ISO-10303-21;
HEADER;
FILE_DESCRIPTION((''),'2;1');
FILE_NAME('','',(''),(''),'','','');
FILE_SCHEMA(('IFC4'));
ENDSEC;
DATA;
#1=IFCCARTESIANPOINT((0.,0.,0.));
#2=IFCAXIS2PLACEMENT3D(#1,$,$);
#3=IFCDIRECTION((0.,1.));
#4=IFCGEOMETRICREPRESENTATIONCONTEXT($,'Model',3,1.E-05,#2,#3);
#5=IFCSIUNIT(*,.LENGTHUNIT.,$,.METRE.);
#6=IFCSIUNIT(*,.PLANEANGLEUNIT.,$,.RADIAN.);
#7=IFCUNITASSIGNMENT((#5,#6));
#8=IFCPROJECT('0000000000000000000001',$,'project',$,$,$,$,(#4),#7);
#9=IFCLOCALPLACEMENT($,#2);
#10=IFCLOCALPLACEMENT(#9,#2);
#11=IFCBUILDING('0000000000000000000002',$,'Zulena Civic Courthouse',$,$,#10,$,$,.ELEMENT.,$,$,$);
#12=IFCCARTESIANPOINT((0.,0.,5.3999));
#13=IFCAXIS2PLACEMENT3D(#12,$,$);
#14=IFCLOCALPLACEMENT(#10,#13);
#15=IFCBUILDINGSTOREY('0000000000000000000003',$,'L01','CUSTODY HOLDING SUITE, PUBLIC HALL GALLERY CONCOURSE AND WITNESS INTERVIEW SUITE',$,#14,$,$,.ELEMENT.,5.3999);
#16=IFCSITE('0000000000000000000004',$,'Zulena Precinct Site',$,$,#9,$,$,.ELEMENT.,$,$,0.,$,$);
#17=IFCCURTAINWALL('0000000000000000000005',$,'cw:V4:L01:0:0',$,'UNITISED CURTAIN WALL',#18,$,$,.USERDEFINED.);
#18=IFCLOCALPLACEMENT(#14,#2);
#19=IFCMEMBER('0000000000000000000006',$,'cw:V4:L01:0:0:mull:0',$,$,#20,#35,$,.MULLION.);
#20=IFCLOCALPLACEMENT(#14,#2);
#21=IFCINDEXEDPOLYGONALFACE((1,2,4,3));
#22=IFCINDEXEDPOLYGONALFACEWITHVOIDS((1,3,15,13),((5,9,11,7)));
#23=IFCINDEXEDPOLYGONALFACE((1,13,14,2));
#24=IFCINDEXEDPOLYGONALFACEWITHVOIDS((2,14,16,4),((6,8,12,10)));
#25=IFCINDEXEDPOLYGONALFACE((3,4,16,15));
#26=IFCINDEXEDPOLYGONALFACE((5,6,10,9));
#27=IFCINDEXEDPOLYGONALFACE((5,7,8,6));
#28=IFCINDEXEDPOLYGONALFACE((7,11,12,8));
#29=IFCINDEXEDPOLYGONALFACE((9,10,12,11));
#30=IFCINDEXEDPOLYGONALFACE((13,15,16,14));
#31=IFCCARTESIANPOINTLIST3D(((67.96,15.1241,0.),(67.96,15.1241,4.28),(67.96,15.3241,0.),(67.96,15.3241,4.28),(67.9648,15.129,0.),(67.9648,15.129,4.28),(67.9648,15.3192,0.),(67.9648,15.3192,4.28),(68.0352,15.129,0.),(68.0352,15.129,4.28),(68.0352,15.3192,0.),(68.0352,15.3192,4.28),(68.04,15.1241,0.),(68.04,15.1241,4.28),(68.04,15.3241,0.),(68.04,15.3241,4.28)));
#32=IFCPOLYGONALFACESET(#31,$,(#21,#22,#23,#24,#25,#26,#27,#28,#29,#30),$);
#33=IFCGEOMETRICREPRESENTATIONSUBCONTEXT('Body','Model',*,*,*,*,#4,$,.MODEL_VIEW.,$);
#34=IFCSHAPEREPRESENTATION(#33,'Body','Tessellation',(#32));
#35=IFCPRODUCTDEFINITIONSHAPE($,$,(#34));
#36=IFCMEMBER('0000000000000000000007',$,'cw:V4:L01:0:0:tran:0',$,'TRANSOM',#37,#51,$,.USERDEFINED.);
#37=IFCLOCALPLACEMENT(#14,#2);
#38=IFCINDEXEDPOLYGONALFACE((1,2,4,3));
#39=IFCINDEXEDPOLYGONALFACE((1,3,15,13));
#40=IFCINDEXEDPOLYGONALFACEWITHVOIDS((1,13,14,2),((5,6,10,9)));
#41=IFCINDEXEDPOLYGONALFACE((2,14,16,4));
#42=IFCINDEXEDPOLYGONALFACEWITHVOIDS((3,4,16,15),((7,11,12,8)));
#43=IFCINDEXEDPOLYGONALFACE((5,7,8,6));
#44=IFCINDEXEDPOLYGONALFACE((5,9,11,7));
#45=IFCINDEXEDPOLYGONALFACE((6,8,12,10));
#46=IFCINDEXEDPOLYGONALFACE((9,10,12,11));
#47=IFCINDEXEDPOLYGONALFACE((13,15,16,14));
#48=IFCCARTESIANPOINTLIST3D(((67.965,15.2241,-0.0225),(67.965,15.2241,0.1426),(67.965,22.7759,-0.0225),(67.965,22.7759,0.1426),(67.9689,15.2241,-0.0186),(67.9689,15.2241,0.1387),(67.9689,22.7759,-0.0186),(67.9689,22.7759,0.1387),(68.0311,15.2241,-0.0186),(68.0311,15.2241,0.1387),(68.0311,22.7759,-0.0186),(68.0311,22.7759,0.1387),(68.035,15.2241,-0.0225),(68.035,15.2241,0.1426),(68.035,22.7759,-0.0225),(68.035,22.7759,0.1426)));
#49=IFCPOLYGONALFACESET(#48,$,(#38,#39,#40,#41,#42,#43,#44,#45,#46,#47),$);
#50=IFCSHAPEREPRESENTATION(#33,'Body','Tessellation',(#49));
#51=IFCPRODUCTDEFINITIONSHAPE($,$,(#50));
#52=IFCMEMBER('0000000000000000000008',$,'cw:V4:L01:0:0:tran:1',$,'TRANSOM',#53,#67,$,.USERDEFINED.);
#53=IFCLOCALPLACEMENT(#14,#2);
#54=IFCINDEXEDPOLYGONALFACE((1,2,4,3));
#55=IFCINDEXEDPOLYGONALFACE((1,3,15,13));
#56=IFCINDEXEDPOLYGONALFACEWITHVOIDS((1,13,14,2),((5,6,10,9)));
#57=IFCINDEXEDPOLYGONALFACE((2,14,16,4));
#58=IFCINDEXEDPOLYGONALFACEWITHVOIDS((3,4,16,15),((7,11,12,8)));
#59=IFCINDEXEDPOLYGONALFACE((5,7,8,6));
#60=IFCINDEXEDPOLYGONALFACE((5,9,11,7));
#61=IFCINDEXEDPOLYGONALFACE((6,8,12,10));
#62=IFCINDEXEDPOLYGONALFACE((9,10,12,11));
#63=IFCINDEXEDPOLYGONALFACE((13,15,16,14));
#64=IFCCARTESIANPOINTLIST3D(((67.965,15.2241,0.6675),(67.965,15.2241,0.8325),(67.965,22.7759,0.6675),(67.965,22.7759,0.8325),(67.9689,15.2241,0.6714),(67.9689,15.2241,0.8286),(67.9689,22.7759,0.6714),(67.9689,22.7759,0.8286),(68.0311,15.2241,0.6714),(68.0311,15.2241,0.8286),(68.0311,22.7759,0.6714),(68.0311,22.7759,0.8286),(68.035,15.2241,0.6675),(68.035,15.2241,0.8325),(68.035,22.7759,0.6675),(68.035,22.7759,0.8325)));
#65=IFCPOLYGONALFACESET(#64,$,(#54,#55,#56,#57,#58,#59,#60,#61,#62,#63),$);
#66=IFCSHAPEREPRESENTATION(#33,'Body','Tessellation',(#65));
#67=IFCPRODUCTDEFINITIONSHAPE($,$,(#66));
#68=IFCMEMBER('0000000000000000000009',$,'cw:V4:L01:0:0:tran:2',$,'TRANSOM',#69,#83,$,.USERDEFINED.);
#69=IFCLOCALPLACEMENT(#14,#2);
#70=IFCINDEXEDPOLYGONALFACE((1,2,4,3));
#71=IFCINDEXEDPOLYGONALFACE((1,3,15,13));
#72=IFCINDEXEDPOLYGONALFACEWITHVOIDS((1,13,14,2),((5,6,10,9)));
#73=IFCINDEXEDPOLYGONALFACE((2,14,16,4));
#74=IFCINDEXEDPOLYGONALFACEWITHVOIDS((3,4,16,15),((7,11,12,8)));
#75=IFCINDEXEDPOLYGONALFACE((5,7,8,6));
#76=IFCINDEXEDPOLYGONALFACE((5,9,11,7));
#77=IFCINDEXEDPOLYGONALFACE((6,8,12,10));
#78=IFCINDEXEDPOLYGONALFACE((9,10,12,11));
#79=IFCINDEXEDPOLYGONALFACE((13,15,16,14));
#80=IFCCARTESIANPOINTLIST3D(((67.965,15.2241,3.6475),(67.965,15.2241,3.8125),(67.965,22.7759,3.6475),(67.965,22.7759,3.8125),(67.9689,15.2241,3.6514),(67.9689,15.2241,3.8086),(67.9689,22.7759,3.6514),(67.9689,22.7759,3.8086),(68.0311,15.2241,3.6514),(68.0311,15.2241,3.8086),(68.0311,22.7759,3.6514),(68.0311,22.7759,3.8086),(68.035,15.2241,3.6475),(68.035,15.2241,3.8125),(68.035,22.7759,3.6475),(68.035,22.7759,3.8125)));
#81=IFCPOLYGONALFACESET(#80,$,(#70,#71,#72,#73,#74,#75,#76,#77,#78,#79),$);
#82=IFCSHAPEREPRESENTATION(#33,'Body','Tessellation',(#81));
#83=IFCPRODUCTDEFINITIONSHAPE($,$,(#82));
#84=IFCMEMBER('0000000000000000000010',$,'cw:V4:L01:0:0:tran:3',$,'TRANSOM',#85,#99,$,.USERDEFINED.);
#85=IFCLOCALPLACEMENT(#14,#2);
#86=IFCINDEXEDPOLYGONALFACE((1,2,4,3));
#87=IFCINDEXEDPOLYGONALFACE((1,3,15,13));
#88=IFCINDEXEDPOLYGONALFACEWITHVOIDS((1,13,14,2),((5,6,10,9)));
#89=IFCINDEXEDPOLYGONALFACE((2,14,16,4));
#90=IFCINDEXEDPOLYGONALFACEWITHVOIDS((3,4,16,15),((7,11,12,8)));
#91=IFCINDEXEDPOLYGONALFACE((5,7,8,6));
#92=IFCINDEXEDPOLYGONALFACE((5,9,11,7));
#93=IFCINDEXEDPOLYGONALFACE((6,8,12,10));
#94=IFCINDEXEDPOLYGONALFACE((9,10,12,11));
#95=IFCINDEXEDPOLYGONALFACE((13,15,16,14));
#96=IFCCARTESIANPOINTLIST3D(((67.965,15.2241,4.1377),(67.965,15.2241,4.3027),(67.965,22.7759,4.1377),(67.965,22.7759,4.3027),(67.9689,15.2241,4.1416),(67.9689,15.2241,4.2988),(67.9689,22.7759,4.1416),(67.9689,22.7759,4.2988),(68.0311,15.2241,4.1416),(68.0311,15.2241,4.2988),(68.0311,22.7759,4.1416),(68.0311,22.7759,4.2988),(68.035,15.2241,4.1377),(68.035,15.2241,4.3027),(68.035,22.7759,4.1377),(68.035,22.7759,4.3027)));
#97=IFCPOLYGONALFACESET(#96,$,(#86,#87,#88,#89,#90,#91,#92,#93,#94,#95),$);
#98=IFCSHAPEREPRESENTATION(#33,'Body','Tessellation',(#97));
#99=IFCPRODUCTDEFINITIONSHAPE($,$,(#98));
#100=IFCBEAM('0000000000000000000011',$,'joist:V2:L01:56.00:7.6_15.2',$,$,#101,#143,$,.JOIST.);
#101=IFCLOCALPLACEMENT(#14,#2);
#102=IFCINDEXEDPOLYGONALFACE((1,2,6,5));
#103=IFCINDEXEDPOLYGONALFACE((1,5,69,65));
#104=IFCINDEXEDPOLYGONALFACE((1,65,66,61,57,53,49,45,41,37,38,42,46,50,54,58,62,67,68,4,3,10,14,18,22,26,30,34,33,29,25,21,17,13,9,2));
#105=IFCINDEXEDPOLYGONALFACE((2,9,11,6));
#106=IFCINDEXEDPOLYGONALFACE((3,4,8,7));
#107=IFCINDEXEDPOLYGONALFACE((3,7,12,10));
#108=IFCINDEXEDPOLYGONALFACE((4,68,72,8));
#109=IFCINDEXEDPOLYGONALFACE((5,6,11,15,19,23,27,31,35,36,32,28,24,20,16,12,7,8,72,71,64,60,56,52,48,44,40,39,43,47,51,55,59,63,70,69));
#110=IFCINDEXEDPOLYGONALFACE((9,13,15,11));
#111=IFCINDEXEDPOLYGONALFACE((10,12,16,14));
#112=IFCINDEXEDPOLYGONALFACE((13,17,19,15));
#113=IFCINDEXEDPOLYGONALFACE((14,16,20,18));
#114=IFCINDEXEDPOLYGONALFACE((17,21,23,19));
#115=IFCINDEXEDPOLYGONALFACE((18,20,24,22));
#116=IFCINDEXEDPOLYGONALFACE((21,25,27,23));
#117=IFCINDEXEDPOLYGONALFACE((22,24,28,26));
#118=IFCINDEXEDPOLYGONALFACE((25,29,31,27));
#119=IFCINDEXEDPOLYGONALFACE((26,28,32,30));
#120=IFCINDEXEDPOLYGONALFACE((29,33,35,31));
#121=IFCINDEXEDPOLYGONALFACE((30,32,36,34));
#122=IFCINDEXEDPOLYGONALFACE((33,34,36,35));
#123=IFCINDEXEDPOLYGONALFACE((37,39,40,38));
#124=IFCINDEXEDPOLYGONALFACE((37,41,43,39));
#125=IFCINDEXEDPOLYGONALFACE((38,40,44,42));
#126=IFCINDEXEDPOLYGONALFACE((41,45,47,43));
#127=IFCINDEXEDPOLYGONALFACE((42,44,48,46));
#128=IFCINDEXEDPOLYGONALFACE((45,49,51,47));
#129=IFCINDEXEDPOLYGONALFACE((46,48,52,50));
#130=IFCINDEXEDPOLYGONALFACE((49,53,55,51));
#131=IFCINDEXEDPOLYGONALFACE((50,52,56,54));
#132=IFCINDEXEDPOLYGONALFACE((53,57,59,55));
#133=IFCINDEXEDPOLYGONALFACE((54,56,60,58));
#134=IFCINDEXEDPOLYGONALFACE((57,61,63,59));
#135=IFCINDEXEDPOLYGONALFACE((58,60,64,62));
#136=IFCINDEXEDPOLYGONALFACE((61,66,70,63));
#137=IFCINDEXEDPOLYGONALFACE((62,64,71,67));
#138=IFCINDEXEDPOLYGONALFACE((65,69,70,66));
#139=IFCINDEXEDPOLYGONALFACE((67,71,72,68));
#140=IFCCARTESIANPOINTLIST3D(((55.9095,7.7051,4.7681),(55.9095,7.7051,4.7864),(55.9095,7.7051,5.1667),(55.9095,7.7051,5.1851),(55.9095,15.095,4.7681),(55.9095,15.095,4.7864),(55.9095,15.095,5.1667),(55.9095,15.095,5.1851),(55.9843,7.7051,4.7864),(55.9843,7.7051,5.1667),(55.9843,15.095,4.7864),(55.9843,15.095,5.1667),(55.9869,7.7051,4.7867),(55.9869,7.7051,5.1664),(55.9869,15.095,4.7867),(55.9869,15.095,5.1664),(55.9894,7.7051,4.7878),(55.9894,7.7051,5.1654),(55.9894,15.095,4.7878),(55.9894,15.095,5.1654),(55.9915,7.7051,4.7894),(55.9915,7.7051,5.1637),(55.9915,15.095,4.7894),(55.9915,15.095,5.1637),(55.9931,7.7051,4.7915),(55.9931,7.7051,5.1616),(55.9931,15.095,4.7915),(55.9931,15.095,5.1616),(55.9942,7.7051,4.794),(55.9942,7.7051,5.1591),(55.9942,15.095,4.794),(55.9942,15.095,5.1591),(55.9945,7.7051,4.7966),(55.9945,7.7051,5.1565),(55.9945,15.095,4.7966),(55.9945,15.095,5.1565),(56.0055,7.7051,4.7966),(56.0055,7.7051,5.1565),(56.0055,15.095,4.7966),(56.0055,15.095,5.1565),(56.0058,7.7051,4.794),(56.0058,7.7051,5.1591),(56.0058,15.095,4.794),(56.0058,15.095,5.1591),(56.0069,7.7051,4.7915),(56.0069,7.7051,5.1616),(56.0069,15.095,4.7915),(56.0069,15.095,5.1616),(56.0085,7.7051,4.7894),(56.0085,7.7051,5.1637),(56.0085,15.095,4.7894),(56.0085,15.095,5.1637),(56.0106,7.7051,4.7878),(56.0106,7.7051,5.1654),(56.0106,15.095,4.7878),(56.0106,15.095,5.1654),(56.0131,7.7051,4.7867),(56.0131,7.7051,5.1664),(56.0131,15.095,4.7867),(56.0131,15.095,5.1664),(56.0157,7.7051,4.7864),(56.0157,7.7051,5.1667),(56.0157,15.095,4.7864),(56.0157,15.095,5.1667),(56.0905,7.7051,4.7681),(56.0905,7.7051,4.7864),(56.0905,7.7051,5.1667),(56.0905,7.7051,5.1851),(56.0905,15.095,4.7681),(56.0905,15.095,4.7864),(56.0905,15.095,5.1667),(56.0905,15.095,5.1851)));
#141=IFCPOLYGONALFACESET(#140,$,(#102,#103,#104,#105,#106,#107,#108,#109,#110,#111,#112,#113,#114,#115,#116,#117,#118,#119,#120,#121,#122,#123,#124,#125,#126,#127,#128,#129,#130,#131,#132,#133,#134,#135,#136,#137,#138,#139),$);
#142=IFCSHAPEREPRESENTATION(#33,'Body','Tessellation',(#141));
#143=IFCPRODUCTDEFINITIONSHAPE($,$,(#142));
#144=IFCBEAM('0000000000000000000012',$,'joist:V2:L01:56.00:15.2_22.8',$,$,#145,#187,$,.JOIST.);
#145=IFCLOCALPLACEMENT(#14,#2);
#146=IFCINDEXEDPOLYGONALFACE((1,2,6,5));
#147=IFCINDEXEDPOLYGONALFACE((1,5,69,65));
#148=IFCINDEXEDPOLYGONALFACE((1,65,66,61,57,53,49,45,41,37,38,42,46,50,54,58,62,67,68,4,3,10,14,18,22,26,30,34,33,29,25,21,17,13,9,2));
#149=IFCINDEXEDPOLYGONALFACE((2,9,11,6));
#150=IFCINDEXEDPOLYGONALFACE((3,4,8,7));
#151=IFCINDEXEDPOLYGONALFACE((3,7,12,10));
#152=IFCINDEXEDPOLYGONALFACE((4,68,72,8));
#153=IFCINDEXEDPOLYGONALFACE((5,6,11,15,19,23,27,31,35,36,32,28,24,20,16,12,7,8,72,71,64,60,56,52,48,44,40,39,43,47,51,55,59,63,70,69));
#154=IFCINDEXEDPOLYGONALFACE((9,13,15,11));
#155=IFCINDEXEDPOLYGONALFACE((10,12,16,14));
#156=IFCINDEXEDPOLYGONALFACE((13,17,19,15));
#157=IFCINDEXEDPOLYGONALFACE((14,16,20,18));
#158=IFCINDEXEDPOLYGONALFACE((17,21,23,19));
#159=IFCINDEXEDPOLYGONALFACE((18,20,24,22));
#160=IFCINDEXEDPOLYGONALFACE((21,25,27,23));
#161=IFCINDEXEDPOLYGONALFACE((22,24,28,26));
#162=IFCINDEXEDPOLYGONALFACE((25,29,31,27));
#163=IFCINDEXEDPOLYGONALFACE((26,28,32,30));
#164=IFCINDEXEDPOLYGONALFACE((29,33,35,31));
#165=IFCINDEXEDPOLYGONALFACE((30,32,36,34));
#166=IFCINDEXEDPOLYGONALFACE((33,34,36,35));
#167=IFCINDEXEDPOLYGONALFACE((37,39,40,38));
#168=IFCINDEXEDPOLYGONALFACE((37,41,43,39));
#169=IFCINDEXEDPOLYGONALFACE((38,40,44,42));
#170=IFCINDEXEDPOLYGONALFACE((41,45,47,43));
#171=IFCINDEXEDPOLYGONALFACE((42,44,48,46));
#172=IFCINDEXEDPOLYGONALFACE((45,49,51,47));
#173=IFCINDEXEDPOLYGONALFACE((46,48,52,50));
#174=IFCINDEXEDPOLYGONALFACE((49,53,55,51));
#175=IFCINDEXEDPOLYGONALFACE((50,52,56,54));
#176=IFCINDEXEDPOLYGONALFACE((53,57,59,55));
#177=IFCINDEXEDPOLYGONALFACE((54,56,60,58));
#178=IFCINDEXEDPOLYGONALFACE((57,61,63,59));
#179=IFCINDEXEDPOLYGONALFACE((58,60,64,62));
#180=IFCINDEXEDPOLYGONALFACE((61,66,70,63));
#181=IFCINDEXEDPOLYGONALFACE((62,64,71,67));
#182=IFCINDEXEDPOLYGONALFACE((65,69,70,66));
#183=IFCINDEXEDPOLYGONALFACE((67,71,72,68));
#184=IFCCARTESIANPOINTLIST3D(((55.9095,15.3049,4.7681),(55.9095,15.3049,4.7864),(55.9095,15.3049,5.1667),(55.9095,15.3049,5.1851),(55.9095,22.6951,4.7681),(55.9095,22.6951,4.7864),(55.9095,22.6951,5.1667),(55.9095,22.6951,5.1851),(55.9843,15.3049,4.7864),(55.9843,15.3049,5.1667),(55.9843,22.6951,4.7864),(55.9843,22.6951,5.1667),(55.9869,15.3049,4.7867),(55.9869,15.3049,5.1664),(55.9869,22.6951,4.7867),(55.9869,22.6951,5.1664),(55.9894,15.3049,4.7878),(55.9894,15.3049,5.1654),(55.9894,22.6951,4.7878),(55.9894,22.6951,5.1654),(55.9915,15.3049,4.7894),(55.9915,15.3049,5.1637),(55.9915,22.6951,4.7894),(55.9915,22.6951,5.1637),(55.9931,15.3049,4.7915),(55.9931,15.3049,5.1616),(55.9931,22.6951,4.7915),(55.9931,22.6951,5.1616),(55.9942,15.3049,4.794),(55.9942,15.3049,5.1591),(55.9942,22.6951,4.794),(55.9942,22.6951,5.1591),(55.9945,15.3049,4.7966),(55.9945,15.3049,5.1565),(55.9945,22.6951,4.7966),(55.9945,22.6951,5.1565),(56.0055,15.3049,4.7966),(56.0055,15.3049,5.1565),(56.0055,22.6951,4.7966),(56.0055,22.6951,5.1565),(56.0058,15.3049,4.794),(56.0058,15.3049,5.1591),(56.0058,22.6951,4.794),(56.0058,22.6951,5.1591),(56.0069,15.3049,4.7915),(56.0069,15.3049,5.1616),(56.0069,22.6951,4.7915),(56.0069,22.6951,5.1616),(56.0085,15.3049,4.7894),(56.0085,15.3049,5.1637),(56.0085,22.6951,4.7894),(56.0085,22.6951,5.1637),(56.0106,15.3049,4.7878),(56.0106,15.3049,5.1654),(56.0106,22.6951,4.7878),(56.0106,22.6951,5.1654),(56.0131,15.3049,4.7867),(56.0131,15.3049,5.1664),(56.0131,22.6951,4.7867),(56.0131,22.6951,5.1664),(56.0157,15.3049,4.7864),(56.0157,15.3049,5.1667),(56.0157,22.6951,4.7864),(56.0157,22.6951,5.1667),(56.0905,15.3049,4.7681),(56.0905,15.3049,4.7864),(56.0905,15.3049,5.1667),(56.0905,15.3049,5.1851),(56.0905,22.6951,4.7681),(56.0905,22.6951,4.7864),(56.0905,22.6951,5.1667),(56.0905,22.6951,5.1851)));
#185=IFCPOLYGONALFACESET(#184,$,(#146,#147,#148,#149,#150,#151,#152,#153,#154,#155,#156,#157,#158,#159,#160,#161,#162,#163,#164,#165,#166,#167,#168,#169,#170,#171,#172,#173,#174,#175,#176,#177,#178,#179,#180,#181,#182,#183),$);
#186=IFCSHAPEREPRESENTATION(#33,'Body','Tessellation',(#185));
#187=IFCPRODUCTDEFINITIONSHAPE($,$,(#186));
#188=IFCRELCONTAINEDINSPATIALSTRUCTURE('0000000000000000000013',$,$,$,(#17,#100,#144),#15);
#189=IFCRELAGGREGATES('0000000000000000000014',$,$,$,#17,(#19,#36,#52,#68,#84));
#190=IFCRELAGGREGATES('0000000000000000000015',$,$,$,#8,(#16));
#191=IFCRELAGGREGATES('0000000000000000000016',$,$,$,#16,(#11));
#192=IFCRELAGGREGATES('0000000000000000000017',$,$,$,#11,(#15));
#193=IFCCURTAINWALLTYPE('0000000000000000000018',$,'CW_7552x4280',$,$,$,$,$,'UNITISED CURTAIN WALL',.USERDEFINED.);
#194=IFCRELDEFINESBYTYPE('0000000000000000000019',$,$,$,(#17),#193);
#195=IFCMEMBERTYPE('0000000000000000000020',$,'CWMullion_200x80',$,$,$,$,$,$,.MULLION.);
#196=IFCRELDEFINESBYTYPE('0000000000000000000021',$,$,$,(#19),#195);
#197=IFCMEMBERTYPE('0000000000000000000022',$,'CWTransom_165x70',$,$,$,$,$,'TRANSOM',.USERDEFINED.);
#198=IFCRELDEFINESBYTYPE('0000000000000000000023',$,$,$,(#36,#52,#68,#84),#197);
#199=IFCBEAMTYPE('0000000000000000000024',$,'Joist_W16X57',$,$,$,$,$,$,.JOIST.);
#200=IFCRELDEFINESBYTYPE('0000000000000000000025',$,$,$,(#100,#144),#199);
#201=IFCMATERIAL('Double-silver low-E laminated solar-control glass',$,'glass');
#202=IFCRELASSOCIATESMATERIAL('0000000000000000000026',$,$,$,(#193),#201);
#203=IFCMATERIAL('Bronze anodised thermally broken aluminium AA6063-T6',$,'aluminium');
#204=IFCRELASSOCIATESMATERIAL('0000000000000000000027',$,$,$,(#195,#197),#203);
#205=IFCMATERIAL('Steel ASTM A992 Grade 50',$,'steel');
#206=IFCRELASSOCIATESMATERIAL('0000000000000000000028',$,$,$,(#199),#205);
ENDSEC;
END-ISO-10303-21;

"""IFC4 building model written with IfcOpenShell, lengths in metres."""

from ifc_helpers import new_model, si_unit, direction, frame, origin, origin_2d, place, context, subcontext, project, spatial, hollow_rectangle, i_section, extrude, material, material_profile, profile_set, type_object, element, aggregate, save


model = new_model("IFC4")

# Units and contexts
model_context = context("Model", 3, precision=1e-05, world=origin(), true_north=direction((0.0, 1.0)))
body_context = subcontext(model_context, "Body", "Model", "MODEL_VIEW")
ifc_project = project(units=[si_unit("LENGTHUNIT", "METRE"), si_unit("PLANEANGLEUNIT", "RADIAN")], contexts=[model_context])

# Site, building, storey
site_placement = place(None, origin())
site = spatial("IfcSite", under=ifc_project, at=site_placement, Name="Zulena Precinct Site", CompositionType="ELEMENT", RefElevation=0.0)
building_placement = place(site_placement, origin())
building = spatial("IfcBuilding", under=site, at=building_placement, Name="Zulena Civic Courthouse", CompositionType="ELEMENT")
storey_placement = place(building_placement, frame((0.0, 0.0, 5.3999)))
storey = spatial("IfcBuildingStorey", under=building, at=storey_placement, Name="L01", Description="CUSTODY HOLDING SUITE, PUBLIC HALL GALLERY CONCOURSE AND WITNESS INTERVIEW SUITE", CompositionType="ELEMENT", Elevation=5.3999)

# Shared definitions
ifc_material_1 = material(Name="Steel ASTM A992 Grade 50", Category="steel")

# Curtain wall, members
ifc_material_2 = material(Name="Double-silver low-E laminated solar-control glass", Category="glass")
curtain_wall_type = type_object("IfcCurtainWallType", Name="CW_7552x4280", ElementType="UNITISED CURTAIN WALL", PredefinedType="USERDEFINED", material=ifc_material_2)
curtain_wall_placement = place(storey_placement, origin())
curtain_wall = element("IfcCurtainWall", 1, at=curtain_wall_placement, inside=storey, type_object=curtain_wall_type, Name="cw:V4:L01:0:0", ObjectType="UNITISED CURTAIN WALL", PredefinedType="USERDEFINED")
ifc_material_3 = material(Name="Bronze anodised thermally broken aluminium AA6063-T6", Category="aluminium")
ifc_material_profile_1 = material_profile(ifc_material_3, hollow_rectangle(XDim=0.0801, YDim=0.2, WallThickness=0.0049, at=origin_2d()), Name="CWM200X80X5")
ifc_profile_set_1 = profile_set([ifc_material_profile_1], Name="Bronze anodised thermally broken aluminium AA6063-T6")
member_type_1 = type_object("IfcMemberType", Name="CWMullion_200x80", PredefinedType="MULLION", material=ifc_profile_set_1)
member_1_placement = place(storey_placement, frame((68.0, 15.2241, 0.0), z_axis=(0.0, 0.0, 1.0), x_axis=(1.0, 0.0, 0.0)))
member_1 = element("IfcMember", 2, at=member_1_placement, type_object=member_type_1, Name="cw:V4:L01:0:0:mull:0", PredefinedType="MULLION", context=body_context, shape_type="SweptSolid", body=[
    extrude(hollow_rectangle(XDim=0.0801, YDim=0.2, WallThickness=0.0049, at=origin_2d()), origin(), (0.0, 0.0, 1.0), 4.28),
])
ifc_material_profile_2 = material_profile(ifc_material_3, hollow_rectangle(XDim=0.0701, YDim=0.165, WallThickness=0.0039, at=origin_2d()), Name="CWT165X70X4")
ifc_profile_set_2 = profile_set([ifc_material_profile_2], Name="Bronze anodised thermally broken aluminium AA6063-T6")
member_type_2 = type_object("IfcMemberType", Name="CWTransom_165x70", ElementType="TRANSOM", PredefinedType="USERDEFINED", material=ifc_profile_set_2)
member_2_placement = place(storey_placement, frame((68.0, 15.2241, 0.0601), z_axis=(0.0, 1.0, 0.0), x_axis=(-1.0, 0.0, 0.0)))
member_2 = element("IfcMember", 3, at=member_2_placement, type_object=member_type_2, Name="cw:V4:L01:0:0:tran:0", ObjectType="TRANSOM", PredefinedType="USERDEFINED", context=body_context, shape_type="SweptSolid", body=[
    extrude(hollow_rectangle(XDim=0.0701, YDim=0.165, WallThickness=0.0039, at=origin_2d()), origin(), (0.0, 0.0, 1.0), 7.5518),
])
member_3_placement = place(storey_placement, frame((68.0, 15.2241, 0.75), z_axis=(0.0, 1.0, 0.0), x_axis=(-1.0, 0.0, 0.0)))
member_3 = element("IfcMember", 4, at=member_3_placement, type_object=member_type_2, Name="cw:V4:L01:0:0:tran:1", ObjectType="TRANSOM", PredefinedType="USERDEFINED", context=body_context, shape_type="SweptSolid", body=[
    extrude(hollow_rectangle(XDim=0.0701, YDim=0.165, WallThickness=0.0039, at=origin_2d()), origin(), (0.0, 0.0, 1.0), 7.5518),
])
member_4_placement = place(storey_placement, frame((68.0, 15.2241, 3.73), z_axis=(0.0, 1.0, 0.0), x_axis=(-1.0, 0.0, 0.0)))
member_4 = element("IfcMember", 5, at=member_4_placement, type_object=member_type_2, Name="cw:V4:L01:0:0:tran:2", ObjectType="TRANSOM", PredefinedType="USERDEFINED", context=body_context, shape_type="SweptSolid", body=[
    extrude(hollow_rectangle(XDim=0.0701, YDim=0.165, WallThickness=0.0039, at=origin_2d()), origin(), (0.0, 0.0, 1.0), 7.5518),
])
member_5_placement = place(storey_placement, frame((68.0, 15.2241, 4.2202), z_axis=(0.0, 1.0, 0.0), x_axis=(-1.0, 0.0, 0.0)))
member_5 = element("IfcMember", 6, at=member_5_placement, type_object=member_type_2, Name="cw:V4:L01:0:0:tran:3", ObjectType="TRANSOM", PredefinedType="USERDEFINED", context=body_context, shape_type="SweptSolid", body=[
    extrude(hollow_rectangle(XDim=0.0701, YDim=0.165, WallThickness=0.0039, at=origin_2d()), origin(), (0.0, 0.0, 1.0), 7.5518),
])

# Beams
ifc_material_profile_3 = material_profile(ifc_material_1, i_section(OverallWidth=0.1809, OverallDepth=0.417, WebThickness=0.011, FlangeThickness=0.0183, FilletRadius=0.0103, at=origin_2d()), Name="W16X57")
ifc_profile_set_3 = profile_set([ifc_material_profile_3], Name="Steel ASTM A992 Grade 50")
beam_type_1 = type_object("IfcBeamType", Name="Joist_W16X57", PredefinedType="JOIST", material=ifc_profile_set_3)
beam_1_placement = place(storey_placement, frame((56.0, 7.7051, 4.9766), z_axis=(0.0, 1.0, 0.0), x_axis=(-1.0, 0.0, 0.0)))
element("IfcBeam", 7, at=beam_1_placement, inside=storey, type_object=beam_type_1, Name="joist:V2:L01:56.00:7.6_15.2", PredefinedType="JOIST", context=body_context, shape_type="SweptSolid", body=[
    extrude(i_section(OverallWidth=0.1809, OverallDepth=0.417, WebThickness=0.011, FlangeThickness=0.0183, FilletRadius=0.0103, at=origin_2d()), origin(), (0.0, 0.0, 1.0), 7.3899),
])
beam_2_placement = place(storey_placement, frame((56.0, 15.3049, 4.9766), z_axis=(0.0, 1.0, 0.0), x_axis=(-1.0, 0.0, 0.0)))
element("IfcBeam", 8, at=beam_2_placement, inside=storey, type_object=beam_type_1, Name="joist:V2:L01:56.00:15.2_22.8", PredefinedType="JOIST", context=body_context, shape_type="SweptSolid", body=[
    extrude(i_section(OverallWidth=0.1809, OverallDepth=0.417, WebThickness=0.011, FlangeThickness=0.0183, FilletRadius=0.0103, at=origin_2d()), origin(), (0.0, 0.0, 1.0), 7.3901),
])

aggregate(curtain_wall, [member_1, member_2, member_3, member_4, member_5])

save(model, "model.ifc")
